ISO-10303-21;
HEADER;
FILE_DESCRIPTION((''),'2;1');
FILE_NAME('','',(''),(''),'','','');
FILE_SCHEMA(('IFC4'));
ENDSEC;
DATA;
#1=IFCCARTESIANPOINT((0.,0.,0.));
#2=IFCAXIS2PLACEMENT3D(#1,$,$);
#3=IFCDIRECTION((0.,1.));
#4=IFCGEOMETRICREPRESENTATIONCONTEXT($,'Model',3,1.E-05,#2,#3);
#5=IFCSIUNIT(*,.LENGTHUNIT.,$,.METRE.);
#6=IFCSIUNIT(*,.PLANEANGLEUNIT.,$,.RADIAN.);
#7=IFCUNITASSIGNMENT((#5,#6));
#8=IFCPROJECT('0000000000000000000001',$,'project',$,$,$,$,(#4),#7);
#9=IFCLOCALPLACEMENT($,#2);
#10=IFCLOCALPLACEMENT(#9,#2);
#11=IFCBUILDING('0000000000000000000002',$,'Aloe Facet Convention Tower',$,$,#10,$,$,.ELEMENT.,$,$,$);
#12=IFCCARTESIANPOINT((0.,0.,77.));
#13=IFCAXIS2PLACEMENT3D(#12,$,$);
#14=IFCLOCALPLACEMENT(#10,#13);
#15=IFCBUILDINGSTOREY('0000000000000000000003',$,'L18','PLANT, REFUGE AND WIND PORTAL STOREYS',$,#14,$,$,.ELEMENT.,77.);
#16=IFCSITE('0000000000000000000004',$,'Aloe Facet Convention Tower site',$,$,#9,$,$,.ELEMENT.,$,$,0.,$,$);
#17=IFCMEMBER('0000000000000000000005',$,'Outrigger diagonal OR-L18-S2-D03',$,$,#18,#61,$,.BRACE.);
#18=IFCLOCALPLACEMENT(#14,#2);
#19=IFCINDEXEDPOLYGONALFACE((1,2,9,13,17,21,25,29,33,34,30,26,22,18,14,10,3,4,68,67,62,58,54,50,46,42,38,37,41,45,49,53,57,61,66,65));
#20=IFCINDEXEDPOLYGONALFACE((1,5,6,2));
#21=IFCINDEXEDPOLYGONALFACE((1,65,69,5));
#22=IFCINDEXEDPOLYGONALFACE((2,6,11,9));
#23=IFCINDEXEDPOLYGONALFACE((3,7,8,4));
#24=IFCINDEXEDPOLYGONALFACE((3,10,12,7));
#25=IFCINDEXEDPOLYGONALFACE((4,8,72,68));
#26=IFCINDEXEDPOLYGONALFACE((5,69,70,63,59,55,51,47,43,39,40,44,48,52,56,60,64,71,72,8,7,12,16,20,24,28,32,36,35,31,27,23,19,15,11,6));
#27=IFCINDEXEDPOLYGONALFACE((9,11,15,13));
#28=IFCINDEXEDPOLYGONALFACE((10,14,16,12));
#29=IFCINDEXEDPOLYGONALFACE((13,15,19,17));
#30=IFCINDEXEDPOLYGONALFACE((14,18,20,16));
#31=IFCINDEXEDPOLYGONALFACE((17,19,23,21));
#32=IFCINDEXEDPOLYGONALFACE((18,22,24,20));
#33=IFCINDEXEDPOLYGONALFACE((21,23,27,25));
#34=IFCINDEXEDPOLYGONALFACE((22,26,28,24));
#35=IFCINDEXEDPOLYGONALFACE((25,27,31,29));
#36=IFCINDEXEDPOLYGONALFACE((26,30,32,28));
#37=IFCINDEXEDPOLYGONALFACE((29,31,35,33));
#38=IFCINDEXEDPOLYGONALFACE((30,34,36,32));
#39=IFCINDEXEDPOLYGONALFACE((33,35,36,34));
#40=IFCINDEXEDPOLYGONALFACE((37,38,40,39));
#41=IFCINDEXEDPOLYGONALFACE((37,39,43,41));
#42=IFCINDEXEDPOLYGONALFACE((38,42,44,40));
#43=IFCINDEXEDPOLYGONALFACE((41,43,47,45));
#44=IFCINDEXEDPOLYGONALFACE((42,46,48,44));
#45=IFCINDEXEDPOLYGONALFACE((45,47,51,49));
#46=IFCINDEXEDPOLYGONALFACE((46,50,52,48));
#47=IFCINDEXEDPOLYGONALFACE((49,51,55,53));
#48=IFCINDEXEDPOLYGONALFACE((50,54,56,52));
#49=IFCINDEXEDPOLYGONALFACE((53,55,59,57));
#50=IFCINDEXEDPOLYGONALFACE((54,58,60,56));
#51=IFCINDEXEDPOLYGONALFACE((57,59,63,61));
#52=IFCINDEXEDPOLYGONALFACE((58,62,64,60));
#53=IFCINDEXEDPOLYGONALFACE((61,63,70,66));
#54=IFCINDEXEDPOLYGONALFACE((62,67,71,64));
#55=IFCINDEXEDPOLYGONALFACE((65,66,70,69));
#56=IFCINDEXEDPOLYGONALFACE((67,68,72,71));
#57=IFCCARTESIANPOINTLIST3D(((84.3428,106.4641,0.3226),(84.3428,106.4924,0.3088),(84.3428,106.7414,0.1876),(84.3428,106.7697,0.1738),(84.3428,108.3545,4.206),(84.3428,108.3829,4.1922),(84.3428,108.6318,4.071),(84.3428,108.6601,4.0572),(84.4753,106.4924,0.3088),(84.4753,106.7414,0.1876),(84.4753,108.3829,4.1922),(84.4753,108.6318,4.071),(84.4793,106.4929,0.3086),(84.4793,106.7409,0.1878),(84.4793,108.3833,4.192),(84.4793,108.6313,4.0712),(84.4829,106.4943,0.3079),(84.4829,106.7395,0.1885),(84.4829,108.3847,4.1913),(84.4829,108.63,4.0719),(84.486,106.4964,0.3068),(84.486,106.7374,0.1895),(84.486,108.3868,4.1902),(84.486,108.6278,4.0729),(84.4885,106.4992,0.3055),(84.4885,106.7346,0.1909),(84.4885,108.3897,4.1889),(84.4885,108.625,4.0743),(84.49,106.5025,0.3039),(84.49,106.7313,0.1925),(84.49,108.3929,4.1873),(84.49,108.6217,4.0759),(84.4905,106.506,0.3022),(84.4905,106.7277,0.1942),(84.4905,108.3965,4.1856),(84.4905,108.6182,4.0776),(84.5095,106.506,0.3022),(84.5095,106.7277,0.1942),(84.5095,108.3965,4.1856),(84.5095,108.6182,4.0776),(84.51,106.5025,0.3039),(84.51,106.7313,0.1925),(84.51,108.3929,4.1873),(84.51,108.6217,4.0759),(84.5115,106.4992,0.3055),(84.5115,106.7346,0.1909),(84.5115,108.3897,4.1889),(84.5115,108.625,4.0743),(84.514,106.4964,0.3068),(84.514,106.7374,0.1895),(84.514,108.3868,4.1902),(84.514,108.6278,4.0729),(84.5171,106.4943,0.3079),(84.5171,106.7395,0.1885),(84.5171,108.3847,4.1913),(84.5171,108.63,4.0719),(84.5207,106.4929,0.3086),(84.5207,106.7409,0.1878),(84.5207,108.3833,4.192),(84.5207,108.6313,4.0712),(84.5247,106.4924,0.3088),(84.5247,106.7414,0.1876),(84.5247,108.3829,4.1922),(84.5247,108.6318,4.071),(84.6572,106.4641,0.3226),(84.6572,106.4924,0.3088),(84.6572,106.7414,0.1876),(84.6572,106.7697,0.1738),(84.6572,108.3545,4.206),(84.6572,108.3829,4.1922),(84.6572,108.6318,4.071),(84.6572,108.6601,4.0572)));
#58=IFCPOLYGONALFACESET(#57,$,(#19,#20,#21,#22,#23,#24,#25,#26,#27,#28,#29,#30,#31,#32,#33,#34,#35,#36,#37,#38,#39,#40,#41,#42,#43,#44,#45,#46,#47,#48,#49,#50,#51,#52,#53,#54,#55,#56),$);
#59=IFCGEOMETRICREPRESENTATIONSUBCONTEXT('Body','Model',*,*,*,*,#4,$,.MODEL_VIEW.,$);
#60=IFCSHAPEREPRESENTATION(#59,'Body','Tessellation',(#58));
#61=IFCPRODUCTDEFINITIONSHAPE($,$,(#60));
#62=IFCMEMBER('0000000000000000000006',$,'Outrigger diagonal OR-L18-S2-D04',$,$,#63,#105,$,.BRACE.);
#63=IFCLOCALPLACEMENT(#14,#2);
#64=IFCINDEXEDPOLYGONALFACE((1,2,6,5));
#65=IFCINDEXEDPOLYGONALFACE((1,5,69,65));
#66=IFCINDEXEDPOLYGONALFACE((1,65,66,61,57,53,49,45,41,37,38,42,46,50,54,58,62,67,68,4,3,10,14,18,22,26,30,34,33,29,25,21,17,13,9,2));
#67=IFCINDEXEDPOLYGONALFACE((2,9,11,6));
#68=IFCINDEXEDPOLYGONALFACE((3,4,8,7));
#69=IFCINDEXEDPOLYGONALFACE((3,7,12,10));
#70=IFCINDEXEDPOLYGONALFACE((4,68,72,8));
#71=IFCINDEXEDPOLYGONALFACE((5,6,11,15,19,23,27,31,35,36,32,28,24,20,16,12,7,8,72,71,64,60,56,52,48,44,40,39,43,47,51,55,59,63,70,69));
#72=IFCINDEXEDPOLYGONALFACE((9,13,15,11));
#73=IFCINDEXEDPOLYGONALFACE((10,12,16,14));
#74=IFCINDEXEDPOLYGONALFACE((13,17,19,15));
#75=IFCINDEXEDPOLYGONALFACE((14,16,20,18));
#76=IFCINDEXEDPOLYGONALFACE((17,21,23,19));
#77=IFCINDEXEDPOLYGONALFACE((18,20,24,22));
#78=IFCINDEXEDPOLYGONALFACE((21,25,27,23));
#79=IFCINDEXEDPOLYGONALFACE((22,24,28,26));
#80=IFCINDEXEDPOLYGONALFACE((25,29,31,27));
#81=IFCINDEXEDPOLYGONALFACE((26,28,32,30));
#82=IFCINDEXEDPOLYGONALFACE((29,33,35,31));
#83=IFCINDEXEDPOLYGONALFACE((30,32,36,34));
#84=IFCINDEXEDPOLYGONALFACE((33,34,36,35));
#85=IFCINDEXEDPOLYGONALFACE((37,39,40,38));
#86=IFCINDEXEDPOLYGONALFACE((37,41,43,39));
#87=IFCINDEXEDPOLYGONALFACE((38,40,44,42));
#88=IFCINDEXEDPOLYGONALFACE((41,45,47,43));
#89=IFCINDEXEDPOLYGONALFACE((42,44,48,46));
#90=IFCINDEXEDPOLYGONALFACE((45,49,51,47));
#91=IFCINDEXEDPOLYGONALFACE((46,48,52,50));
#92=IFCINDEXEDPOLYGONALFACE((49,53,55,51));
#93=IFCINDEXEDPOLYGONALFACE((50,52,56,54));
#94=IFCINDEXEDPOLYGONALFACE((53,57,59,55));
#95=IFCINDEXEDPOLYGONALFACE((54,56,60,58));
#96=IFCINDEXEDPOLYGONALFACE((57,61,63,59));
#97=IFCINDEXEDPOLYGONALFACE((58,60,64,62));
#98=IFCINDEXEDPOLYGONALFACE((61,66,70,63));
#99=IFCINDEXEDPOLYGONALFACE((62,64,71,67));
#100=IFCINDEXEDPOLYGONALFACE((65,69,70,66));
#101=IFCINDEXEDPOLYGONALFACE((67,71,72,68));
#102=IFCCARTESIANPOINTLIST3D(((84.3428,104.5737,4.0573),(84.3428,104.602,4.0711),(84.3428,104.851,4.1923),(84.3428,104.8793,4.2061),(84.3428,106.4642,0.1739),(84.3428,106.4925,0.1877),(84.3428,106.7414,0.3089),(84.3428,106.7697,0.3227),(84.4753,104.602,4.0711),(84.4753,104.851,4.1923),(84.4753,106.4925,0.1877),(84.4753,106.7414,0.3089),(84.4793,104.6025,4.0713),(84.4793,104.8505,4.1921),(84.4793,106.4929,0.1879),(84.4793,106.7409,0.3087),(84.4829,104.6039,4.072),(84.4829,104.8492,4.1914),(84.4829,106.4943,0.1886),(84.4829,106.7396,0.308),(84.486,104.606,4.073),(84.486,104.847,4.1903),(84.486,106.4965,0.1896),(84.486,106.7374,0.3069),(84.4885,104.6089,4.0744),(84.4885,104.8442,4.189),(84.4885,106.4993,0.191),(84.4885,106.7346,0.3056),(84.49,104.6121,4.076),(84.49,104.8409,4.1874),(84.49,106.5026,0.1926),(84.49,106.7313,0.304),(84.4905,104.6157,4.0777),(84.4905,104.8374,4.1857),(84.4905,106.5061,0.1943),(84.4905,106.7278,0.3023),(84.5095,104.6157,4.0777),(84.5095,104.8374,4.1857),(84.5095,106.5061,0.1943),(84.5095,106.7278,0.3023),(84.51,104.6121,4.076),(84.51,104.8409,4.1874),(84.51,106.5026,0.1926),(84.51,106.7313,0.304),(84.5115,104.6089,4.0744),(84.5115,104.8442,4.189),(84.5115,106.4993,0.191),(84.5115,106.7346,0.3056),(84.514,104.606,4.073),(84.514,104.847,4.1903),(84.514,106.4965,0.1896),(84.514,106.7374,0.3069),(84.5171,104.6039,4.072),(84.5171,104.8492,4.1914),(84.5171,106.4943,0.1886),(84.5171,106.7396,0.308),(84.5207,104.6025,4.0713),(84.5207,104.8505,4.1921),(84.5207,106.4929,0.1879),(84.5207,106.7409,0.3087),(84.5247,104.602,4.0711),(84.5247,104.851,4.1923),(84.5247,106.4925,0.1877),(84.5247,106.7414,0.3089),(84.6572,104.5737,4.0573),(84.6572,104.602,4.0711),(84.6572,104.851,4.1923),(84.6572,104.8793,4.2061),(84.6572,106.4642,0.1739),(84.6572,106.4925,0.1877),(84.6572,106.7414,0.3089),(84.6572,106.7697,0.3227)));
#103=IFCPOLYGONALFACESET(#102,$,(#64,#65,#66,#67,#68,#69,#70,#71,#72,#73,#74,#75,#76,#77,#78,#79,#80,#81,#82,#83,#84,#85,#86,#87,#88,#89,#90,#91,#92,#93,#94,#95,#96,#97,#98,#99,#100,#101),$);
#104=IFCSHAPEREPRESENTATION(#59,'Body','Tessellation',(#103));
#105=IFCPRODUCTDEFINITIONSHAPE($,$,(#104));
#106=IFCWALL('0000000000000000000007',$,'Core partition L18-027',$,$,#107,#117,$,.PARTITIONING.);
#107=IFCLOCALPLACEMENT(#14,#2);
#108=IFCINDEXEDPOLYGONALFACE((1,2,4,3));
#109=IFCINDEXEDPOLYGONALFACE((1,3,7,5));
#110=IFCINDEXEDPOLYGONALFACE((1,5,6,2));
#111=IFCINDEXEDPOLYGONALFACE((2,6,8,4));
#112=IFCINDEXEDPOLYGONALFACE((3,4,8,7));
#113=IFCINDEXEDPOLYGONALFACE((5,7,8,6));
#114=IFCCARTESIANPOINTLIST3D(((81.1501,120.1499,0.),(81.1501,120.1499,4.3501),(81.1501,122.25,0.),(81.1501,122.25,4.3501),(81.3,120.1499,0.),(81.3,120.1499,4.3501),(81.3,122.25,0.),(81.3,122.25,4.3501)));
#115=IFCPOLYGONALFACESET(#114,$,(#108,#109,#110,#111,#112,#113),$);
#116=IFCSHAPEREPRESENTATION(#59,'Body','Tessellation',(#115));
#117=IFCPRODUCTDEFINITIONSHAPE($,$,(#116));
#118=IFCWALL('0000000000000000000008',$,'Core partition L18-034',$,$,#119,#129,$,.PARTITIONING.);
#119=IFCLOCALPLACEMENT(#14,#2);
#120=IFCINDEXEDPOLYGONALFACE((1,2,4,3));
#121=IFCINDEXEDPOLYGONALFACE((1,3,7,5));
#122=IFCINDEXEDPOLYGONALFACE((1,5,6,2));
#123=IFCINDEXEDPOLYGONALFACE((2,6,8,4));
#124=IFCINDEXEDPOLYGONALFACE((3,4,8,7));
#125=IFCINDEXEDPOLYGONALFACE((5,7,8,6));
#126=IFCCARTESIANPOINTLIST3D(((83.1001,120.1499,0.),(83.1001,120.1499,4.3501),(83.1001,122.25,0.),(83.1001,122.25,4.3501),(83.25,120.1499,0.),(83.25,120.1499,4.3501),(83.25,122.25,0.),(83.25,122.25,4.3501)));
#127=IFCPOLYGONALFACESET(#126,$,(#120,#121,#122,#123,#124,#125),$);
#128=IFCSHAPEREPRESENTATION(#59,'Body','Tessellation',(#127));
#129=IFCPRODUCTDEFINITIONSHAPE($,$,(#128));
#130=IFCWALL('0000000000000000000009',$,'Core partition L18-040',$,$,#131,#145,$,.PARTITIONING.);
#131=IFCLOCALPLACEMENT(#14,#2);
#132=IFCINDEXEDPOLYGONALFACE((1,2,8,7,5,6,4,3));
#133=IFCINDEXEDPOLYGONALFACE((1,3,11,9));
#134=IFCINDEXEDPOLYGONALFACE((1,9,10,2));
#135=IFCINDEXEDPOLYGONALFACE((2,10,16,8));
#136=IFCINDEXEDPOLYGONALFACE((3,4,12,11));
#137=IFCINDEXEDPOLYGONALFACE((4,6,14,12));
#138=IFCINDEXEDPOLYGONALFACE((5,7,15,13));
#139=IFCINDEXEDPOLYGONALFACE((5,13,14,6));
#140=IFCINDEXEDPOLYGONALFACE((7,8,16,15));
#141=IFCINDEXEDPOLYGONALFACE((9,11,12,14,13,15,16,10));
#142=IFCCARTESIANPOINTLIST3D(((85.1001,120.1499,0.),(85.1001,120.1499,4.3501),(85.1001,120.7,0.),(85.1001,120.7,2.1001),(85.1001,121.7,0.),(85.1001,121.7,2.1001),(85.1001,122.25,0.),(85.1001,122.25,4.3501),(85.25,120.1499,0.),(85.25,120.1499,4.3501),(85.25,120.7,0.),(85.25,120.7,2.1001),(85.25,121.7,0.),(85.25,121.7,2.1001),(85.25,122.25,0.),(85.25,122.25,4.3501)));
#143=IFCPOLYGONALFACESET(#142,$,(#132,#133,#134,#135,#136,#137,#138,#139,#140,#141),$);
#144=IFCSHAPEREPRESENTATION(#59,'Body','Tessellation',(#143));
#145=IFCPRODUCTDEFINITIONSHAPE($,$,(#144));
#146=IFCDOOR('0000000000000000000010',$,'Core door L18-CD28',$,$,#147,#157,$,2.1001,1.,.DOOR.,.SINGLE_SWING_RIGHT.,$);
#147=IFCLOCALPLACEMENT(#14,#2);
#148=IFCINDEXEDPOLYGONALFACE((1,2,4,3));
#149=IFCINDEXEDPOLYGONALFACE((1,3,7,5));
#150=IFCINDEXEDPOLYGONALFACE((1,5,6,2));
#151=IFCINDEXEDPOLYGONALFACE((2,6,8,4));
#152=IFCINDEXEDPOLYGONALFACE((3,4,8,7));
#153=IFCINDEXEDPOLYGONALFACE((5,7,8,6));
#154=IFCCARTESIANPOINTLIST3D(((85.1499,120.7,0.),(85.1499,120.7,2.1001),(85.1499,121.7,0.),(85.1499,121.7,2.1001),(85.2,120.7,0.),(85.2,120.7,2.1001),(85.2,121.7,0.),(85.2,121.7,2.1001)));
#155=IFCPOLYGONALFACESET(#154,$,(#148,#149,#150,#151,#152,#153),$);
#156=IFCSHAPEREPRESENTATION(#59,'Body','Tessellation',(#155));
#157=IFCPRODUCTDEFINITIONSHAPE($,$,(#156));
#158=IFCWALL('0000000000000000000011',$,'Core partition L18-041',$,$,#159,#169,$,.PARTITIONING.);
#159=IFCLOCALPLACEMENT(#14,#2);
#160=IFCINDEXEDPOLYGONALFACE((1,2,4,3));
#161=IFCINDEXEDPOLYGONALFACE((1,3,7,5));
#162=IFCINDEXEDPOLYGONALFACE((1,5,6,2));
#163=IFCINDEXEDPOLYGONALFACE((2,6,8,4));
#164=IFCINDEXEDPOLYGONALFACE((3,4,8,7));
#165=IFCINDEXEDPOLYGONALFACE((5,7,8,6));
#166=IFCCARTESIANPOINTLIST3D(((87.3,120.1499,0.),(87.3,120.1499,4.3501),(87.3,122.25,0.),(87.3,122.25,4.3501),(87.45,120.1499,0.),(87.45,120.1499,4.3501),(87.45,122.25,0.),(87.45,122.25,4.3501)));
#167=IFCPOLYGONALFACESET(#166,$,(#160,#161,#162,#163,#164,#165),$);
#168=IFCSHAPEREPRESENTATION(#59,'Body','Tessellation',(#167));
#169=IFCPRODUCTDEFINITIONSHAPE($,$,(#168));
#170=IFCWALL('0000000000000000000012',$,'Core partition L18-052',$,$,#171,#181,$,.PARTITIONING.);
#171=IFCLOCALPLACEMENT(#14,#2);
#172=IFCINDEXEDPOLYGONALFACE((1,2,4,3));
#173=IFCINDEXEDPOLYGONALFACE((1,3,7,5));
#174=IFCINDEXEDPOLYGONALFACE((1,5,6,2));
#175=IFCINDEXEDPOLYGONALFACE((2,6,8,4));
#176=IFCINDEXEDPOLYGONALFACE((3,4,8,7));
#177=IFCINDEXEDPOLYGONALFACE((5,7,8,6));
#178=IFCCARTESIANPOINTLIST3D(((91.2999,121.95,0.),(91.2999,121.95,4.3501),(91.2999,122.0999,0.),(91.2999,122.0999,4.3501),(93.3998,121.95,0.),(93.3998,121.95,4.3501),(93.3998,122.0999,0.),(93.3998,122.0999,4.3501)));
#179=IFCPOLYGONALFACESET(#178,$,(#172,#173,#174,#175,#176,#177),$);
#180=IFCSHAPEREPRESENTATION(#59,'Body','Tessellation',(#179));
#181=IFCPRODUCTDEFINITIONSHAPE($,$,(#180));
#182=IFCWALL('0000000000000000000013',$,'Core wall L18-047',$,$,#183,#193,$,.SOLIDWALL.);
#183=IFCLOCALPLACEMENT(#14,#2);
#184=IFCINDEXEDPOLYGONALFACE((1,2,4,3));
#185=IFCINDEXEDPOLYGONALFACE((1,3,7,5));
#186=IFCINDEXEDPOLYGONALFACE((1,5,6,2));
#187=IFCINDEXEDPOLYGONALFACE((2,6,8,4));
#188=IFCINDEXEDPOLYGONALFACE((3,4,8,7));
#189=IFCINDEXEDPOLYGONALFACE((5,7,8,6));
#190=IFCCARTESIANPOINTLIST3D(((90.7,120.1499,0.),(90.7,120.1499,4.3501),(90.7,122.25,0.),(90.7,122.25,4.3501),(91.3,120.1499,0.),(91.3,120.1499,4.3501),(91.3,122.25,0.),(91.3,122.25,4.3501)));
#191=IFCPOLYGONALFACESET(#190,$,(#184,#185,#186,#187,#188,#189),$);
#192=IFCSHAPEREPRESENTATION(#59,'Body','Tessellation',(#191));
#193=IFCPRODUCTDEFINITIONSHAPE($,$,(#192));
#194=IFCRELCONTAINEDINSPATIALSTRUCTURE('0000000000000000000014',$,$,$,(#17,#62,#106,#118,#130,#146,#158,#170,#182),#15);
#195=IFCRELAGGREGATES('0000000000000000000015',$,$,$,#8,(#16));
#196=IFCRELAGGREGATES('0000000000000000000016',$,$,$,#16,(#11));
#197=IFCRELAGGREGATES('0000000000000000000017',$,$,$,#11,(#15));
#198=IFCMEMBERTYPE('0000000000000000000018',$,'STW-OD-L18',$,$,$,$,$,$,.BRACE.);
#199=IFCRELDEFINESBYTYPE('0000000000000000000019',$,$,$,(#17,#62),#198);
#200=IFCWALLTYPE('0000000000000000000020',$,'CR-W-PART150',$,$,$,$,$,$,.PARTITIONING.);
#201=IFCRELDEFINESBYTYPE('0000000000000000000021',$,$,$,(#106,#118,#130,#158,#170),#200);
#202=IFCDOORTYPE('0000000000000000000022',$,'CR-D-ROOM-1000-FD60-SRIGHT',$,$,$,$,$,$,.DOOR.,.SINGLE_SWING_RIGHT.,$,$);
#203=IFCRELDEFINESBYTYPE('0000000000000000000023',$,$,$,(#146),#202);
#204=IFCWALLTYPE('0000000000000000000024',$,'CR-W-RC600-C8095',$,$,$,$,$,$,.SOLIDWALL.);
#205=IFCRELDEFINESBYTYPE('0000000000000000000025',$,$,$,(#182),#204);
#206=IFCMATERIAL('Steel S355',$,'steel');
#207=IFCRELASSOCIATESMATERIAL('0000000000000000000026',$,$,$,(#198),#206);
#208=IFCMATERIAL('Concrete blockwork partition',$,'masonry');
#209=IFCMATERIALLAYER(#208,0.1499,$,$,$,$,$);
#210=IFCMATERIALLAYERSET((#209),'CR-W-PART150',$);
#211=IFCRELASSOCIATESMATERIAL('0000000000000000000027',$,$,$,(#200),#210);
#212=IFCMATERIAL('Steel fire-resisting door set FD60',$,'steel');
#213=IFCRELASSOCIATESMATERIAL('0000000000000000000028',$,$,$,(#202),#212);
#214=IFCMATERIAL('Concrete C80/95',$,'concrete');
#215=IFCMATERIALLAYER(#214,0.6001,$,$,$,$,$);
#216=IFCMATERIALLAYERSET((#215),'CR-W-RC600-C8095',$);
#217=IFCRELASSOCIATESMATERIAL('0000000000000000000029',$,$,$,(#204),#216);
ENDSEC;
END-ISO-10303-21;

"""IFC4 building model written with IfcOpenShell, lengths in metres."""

from ifc_helpers import new_model, si_unit, direction, frame, frame_2d, origin, origin_2d, place, context, subcontext, project, spatial, rectangle, i_section, extrude, material, layer, layer_set, material_profile, profile_set, type_object, element, fill, save


model = new_model("IFC4")

# Units and contexts
model_context = context("Model", 3, precision=1e-05, world=origin(), true_north=direction((0.0, 1.0)))
body_context = subcontext(model_context, "Body", "Model", "MODEL_VIEW")
ifc_project = project(units=[si_unit("LENGTHUNIT", "METRE"), si_unit("PLANEANGLEUNIT", "RADIAN")], contexts=[model_context])

# Site, building, storey
site_placement = place(None, origin())
site = spatial("IfcSite", under=ifc_project, at=site_placement, Name="Aloe Facet Convention Tower site", CompositionType="ELEMENT", RefElevation=0.0)
building_placement = place(site_placement, origin())
building = spatial("IfcBuilding", under=site, at=building_placement, Name="Aloe Facet Convention Tower", CompositionType="ELEMENT")
storey_placement = place(building_placement, frame((0.0, 0.0, 77.0)))
storey = spatial("IfcBuildingStorey", under=building, at=storey_placement, Name="L18", Description="PLANT, REFUGE AND WIND PORTAL STOREYS", CompositionType="ELEMENT", Elevation=77.0)

# Members
ifc_material_1 = material(Name="Steel S355", Category="steel")
ifc_material_profile_1 = material_profile(ifc_material_1, i_section(OverallWidth=0.3145, OverallDepth=0.3398, WebThickness=0.019, FlangeThickness=0.0315, FilletRadius=0.0151, at=origin_2d()), Name="UC 305x305x198")
ifc_profile_set_1 = profile_set([ifc_material_profile_1], Name="Steel S355")
member_type_1 = type_object("IfcMemberType", Name="STW-OD-L18", PredefinedType="BRACE", material=ifc_profile_set_1)
for number, where, z_axis, x_axis, name in (
    (1, (84.5, 108.5073, 4.1316), (0.0, -0.437692, -0.899125), (1.0, 0.0, 0.0), "Outrigger diagonal OR-L18-S2-D03"),
    (2, (84.5, 106.6169, 0.2483), (0.0, -0.437692, 0.899125), (1.0, 0.0, 0.0), "Outrigger diagonal OR-L18-S2-D04"),
):
    element("IfcMember", number, at=place(storey_placement, frame(where, z_axis=z_axis, x_axis=x_axis)), inside=storey, type_object=member_type_1, Name=name, PredefinedType="BRACE", context=body_context, shape_type="SweptSolid", body=[
        extrude(i_section(OverallWidth=0.3145, OverallDepth=0.3398, WebThickness=0.019, FlangeThickness=0.0315, FilletRadius=0.0151, at=origin_2d()), origin(), (0.0, 0.0, 1.0), 4.3191),
    ])

# Walls
ifc_material_2 = material(Name="Concrete blockwork partition", Category="masonry")
ifc_layer_1 = layer(ifc_material_2, 0.1499)
ifc_layer_set_1 = layer_set([ifc_layer_1], Name="CR-W-PART150")
wall_type_1 = type_object("IfcWallType", Name="CR-W-PART150", PredefinedType="PARTITIONING", material=ifc_layer_set_1)
for number, where, z_axis, x_axis, name in (
    (3, (81.2251, 122.25, 0.0), (0.0, 0.0, 1.0), (0.0, -1.0, 0.0), "Core partition L18-027"),
    (4, (83.175, 122.25, 0.0), (0.0, 0.0, 1.0), (0.0, -1.0, 0.0), "Core partition L18-034"),
):
    element("IfcWall", number, at=place(storey_placement, frame(where, z_axis=z_axis, x_axis=x_axis)), inside=storey, type_object=wall_type_1, Name=name, PredefinedType="PARTITIONING", context=body_context, shape_type="SweptSolid", body=[
        extrude(rectangle(XDim=2.1001, YDim=0.1499, at=frame_2d((1.05, 0.0))), origin(), (0.0, 0.0, 1.0), 4.3501),
    ])

# Wall, opening, door
wall_1_placement = place(storey_placement, frame((85.175, 122.25, 0.0), z_axis=(0.0, 0.0, 1.0), x_axis=(0.0, -1.0, 0.0)))
wall_1 = element("IfcWall", 5, at=wall_1_placement, inside=storey, type_object=wall_type_1, Name="Core partition L18-040", PredefinedType="PARTITIONING", context=body_context, shape_type="SweptSolid", body=[
    extrude(rectangle(XDim=2.1001, YDim=0.1499, at=frame_2d((1.05, 0.0))), origin(), (0.0, 0.0, 1.0), 4.3501),
])
opening_1_placement = place(wall_1_placement, frame((0.55, 0.0, 0.0)))
opening_1 = element("IfcOpeningElement", 6, at=opening_1_placement, cuts=wall_1, PredefinedType="OPENING", context=body_context, shape_type="SweptSolid", body=[
    extrude(rectangle(XDim=1.0, YDim=2.1001, at=frame_2d((0.5, 1.05))), frame((0.0, 0.085, 0.0), z_axis=(0.0, -1.0, 0.0), x_axis=(1.0, 0.0, 0.0)), (0.0, 0.0, 1.0), 0.1699),
])
ifc_material_3 = material(Name="Steel fire-resisting door set FD60", Category="steel")
door_type_1 = type_object("IfcDoorType", Name="CR-D-ROOM-1000-FD60-SRIGHT", OperationType="SINGLE_SWING_RIGHT", PredefinedType="DOOR", material=ifc_material_3)
door_1_placement = place(opening_1_placement, origin())
door_1 = element("IfcDoor", 7, at=door_1_placement, inside=storey, type_object=door_type_1, Name="Core door L18-CD28", OperationType="SINGLE_SWING_RIGHT", OverallHeight=2.1001, OverallWidth=1.0, PredefinedType="DOOR", context=body_context, shape_type="SweptSolid", body=[
    extrude(rectangle(XDim=1.0, YDim=2.1001, at=frame_2d((0.5, 1.05))), frame((0.0, 0.0249, 0.0), z_axis=(0.0, -1.0, 0.0), x_axis=(1.0, 0.0, 0.0)), (0.0, 0.0, 1.0), 0.05),
])
fill(opening_1, door_1)

# Walls
wall_2_placement = place(storey_placement, frame((87.375, 122.25, 0.0), z_axis=(0.0, 0.0, 1.0), x_axis=(0.0, -1.0, 0.0)))
element("IfcWall", 8, at=wall_2_placement, inside=storey, type_object=wall_type_1, Name="Core partition L18-041", PredefinedType="PARTITIONING", context=body_context, shape_type="SweptSolid", body=[
    extrude(rectangle(XDim=2.1001, YDim=0.1499, at=frame_2d((1.05, 0.0))), origin(), (0.0, 0.0, 1.0), 4.3501),
])
wall_3_placement = place(storey_placement, frame((91.3, 122.0249, 0.0), z_axis=(0.0, 0.0, 1.0), x_axis=(1.0, 0.0, 0.0)))
element("IfcWall", 9, at=wall_3_placement, inside=storey, type_object=wall_type_1, Name="Core partition L18-052", PredefinedType="PARTITIONING", context=body_context, shape_type="SweptSolid", body=[
    extrude(rectangle(XDim=2.0999, YDim=0.1499, at=frame_2d((1.0498, 0.0))), origin(), (0.0, 0.0, 1.0), 4.3501),
])
ifc_material_4 = material(Name="Concrete C80/95", Category="concrete")
ifc_layer_2 = layer(ifc_material_4, 0.6001)
ifc_layer_set_2 = layer_set([ifc_layer_2], Name="CR-W-RC600-C8095")
wall_type_2 = type_object("IfcWallType", Name="CR-W-RC600-C8095", PredefinedType="SOLIDWALL", material=ifc_layer_set_2)
wall_4_placement = place(storey_placement, frame((91.0, 122.25, 0.0), z_axis=(0.0, 0.0, 1.0), x_axis=(0.0, -1.0, 0.0)))
element("IfcWall", 10, at=wall_4_placement, inside=storey, type_object=wall_type_2, Name="Core wall L18-047", PredefinedType="SOLIDWALL", context=body_context, shape_type="SweptSolid", body=[
    extrude(rectangle(XDim=2.1001, YDim=0.6001, at=frame_2d((1.05, 0.0))), origin(), (0.0, 0.0, 1.0), 4.3501),
])

save(model, "model.ifc")
